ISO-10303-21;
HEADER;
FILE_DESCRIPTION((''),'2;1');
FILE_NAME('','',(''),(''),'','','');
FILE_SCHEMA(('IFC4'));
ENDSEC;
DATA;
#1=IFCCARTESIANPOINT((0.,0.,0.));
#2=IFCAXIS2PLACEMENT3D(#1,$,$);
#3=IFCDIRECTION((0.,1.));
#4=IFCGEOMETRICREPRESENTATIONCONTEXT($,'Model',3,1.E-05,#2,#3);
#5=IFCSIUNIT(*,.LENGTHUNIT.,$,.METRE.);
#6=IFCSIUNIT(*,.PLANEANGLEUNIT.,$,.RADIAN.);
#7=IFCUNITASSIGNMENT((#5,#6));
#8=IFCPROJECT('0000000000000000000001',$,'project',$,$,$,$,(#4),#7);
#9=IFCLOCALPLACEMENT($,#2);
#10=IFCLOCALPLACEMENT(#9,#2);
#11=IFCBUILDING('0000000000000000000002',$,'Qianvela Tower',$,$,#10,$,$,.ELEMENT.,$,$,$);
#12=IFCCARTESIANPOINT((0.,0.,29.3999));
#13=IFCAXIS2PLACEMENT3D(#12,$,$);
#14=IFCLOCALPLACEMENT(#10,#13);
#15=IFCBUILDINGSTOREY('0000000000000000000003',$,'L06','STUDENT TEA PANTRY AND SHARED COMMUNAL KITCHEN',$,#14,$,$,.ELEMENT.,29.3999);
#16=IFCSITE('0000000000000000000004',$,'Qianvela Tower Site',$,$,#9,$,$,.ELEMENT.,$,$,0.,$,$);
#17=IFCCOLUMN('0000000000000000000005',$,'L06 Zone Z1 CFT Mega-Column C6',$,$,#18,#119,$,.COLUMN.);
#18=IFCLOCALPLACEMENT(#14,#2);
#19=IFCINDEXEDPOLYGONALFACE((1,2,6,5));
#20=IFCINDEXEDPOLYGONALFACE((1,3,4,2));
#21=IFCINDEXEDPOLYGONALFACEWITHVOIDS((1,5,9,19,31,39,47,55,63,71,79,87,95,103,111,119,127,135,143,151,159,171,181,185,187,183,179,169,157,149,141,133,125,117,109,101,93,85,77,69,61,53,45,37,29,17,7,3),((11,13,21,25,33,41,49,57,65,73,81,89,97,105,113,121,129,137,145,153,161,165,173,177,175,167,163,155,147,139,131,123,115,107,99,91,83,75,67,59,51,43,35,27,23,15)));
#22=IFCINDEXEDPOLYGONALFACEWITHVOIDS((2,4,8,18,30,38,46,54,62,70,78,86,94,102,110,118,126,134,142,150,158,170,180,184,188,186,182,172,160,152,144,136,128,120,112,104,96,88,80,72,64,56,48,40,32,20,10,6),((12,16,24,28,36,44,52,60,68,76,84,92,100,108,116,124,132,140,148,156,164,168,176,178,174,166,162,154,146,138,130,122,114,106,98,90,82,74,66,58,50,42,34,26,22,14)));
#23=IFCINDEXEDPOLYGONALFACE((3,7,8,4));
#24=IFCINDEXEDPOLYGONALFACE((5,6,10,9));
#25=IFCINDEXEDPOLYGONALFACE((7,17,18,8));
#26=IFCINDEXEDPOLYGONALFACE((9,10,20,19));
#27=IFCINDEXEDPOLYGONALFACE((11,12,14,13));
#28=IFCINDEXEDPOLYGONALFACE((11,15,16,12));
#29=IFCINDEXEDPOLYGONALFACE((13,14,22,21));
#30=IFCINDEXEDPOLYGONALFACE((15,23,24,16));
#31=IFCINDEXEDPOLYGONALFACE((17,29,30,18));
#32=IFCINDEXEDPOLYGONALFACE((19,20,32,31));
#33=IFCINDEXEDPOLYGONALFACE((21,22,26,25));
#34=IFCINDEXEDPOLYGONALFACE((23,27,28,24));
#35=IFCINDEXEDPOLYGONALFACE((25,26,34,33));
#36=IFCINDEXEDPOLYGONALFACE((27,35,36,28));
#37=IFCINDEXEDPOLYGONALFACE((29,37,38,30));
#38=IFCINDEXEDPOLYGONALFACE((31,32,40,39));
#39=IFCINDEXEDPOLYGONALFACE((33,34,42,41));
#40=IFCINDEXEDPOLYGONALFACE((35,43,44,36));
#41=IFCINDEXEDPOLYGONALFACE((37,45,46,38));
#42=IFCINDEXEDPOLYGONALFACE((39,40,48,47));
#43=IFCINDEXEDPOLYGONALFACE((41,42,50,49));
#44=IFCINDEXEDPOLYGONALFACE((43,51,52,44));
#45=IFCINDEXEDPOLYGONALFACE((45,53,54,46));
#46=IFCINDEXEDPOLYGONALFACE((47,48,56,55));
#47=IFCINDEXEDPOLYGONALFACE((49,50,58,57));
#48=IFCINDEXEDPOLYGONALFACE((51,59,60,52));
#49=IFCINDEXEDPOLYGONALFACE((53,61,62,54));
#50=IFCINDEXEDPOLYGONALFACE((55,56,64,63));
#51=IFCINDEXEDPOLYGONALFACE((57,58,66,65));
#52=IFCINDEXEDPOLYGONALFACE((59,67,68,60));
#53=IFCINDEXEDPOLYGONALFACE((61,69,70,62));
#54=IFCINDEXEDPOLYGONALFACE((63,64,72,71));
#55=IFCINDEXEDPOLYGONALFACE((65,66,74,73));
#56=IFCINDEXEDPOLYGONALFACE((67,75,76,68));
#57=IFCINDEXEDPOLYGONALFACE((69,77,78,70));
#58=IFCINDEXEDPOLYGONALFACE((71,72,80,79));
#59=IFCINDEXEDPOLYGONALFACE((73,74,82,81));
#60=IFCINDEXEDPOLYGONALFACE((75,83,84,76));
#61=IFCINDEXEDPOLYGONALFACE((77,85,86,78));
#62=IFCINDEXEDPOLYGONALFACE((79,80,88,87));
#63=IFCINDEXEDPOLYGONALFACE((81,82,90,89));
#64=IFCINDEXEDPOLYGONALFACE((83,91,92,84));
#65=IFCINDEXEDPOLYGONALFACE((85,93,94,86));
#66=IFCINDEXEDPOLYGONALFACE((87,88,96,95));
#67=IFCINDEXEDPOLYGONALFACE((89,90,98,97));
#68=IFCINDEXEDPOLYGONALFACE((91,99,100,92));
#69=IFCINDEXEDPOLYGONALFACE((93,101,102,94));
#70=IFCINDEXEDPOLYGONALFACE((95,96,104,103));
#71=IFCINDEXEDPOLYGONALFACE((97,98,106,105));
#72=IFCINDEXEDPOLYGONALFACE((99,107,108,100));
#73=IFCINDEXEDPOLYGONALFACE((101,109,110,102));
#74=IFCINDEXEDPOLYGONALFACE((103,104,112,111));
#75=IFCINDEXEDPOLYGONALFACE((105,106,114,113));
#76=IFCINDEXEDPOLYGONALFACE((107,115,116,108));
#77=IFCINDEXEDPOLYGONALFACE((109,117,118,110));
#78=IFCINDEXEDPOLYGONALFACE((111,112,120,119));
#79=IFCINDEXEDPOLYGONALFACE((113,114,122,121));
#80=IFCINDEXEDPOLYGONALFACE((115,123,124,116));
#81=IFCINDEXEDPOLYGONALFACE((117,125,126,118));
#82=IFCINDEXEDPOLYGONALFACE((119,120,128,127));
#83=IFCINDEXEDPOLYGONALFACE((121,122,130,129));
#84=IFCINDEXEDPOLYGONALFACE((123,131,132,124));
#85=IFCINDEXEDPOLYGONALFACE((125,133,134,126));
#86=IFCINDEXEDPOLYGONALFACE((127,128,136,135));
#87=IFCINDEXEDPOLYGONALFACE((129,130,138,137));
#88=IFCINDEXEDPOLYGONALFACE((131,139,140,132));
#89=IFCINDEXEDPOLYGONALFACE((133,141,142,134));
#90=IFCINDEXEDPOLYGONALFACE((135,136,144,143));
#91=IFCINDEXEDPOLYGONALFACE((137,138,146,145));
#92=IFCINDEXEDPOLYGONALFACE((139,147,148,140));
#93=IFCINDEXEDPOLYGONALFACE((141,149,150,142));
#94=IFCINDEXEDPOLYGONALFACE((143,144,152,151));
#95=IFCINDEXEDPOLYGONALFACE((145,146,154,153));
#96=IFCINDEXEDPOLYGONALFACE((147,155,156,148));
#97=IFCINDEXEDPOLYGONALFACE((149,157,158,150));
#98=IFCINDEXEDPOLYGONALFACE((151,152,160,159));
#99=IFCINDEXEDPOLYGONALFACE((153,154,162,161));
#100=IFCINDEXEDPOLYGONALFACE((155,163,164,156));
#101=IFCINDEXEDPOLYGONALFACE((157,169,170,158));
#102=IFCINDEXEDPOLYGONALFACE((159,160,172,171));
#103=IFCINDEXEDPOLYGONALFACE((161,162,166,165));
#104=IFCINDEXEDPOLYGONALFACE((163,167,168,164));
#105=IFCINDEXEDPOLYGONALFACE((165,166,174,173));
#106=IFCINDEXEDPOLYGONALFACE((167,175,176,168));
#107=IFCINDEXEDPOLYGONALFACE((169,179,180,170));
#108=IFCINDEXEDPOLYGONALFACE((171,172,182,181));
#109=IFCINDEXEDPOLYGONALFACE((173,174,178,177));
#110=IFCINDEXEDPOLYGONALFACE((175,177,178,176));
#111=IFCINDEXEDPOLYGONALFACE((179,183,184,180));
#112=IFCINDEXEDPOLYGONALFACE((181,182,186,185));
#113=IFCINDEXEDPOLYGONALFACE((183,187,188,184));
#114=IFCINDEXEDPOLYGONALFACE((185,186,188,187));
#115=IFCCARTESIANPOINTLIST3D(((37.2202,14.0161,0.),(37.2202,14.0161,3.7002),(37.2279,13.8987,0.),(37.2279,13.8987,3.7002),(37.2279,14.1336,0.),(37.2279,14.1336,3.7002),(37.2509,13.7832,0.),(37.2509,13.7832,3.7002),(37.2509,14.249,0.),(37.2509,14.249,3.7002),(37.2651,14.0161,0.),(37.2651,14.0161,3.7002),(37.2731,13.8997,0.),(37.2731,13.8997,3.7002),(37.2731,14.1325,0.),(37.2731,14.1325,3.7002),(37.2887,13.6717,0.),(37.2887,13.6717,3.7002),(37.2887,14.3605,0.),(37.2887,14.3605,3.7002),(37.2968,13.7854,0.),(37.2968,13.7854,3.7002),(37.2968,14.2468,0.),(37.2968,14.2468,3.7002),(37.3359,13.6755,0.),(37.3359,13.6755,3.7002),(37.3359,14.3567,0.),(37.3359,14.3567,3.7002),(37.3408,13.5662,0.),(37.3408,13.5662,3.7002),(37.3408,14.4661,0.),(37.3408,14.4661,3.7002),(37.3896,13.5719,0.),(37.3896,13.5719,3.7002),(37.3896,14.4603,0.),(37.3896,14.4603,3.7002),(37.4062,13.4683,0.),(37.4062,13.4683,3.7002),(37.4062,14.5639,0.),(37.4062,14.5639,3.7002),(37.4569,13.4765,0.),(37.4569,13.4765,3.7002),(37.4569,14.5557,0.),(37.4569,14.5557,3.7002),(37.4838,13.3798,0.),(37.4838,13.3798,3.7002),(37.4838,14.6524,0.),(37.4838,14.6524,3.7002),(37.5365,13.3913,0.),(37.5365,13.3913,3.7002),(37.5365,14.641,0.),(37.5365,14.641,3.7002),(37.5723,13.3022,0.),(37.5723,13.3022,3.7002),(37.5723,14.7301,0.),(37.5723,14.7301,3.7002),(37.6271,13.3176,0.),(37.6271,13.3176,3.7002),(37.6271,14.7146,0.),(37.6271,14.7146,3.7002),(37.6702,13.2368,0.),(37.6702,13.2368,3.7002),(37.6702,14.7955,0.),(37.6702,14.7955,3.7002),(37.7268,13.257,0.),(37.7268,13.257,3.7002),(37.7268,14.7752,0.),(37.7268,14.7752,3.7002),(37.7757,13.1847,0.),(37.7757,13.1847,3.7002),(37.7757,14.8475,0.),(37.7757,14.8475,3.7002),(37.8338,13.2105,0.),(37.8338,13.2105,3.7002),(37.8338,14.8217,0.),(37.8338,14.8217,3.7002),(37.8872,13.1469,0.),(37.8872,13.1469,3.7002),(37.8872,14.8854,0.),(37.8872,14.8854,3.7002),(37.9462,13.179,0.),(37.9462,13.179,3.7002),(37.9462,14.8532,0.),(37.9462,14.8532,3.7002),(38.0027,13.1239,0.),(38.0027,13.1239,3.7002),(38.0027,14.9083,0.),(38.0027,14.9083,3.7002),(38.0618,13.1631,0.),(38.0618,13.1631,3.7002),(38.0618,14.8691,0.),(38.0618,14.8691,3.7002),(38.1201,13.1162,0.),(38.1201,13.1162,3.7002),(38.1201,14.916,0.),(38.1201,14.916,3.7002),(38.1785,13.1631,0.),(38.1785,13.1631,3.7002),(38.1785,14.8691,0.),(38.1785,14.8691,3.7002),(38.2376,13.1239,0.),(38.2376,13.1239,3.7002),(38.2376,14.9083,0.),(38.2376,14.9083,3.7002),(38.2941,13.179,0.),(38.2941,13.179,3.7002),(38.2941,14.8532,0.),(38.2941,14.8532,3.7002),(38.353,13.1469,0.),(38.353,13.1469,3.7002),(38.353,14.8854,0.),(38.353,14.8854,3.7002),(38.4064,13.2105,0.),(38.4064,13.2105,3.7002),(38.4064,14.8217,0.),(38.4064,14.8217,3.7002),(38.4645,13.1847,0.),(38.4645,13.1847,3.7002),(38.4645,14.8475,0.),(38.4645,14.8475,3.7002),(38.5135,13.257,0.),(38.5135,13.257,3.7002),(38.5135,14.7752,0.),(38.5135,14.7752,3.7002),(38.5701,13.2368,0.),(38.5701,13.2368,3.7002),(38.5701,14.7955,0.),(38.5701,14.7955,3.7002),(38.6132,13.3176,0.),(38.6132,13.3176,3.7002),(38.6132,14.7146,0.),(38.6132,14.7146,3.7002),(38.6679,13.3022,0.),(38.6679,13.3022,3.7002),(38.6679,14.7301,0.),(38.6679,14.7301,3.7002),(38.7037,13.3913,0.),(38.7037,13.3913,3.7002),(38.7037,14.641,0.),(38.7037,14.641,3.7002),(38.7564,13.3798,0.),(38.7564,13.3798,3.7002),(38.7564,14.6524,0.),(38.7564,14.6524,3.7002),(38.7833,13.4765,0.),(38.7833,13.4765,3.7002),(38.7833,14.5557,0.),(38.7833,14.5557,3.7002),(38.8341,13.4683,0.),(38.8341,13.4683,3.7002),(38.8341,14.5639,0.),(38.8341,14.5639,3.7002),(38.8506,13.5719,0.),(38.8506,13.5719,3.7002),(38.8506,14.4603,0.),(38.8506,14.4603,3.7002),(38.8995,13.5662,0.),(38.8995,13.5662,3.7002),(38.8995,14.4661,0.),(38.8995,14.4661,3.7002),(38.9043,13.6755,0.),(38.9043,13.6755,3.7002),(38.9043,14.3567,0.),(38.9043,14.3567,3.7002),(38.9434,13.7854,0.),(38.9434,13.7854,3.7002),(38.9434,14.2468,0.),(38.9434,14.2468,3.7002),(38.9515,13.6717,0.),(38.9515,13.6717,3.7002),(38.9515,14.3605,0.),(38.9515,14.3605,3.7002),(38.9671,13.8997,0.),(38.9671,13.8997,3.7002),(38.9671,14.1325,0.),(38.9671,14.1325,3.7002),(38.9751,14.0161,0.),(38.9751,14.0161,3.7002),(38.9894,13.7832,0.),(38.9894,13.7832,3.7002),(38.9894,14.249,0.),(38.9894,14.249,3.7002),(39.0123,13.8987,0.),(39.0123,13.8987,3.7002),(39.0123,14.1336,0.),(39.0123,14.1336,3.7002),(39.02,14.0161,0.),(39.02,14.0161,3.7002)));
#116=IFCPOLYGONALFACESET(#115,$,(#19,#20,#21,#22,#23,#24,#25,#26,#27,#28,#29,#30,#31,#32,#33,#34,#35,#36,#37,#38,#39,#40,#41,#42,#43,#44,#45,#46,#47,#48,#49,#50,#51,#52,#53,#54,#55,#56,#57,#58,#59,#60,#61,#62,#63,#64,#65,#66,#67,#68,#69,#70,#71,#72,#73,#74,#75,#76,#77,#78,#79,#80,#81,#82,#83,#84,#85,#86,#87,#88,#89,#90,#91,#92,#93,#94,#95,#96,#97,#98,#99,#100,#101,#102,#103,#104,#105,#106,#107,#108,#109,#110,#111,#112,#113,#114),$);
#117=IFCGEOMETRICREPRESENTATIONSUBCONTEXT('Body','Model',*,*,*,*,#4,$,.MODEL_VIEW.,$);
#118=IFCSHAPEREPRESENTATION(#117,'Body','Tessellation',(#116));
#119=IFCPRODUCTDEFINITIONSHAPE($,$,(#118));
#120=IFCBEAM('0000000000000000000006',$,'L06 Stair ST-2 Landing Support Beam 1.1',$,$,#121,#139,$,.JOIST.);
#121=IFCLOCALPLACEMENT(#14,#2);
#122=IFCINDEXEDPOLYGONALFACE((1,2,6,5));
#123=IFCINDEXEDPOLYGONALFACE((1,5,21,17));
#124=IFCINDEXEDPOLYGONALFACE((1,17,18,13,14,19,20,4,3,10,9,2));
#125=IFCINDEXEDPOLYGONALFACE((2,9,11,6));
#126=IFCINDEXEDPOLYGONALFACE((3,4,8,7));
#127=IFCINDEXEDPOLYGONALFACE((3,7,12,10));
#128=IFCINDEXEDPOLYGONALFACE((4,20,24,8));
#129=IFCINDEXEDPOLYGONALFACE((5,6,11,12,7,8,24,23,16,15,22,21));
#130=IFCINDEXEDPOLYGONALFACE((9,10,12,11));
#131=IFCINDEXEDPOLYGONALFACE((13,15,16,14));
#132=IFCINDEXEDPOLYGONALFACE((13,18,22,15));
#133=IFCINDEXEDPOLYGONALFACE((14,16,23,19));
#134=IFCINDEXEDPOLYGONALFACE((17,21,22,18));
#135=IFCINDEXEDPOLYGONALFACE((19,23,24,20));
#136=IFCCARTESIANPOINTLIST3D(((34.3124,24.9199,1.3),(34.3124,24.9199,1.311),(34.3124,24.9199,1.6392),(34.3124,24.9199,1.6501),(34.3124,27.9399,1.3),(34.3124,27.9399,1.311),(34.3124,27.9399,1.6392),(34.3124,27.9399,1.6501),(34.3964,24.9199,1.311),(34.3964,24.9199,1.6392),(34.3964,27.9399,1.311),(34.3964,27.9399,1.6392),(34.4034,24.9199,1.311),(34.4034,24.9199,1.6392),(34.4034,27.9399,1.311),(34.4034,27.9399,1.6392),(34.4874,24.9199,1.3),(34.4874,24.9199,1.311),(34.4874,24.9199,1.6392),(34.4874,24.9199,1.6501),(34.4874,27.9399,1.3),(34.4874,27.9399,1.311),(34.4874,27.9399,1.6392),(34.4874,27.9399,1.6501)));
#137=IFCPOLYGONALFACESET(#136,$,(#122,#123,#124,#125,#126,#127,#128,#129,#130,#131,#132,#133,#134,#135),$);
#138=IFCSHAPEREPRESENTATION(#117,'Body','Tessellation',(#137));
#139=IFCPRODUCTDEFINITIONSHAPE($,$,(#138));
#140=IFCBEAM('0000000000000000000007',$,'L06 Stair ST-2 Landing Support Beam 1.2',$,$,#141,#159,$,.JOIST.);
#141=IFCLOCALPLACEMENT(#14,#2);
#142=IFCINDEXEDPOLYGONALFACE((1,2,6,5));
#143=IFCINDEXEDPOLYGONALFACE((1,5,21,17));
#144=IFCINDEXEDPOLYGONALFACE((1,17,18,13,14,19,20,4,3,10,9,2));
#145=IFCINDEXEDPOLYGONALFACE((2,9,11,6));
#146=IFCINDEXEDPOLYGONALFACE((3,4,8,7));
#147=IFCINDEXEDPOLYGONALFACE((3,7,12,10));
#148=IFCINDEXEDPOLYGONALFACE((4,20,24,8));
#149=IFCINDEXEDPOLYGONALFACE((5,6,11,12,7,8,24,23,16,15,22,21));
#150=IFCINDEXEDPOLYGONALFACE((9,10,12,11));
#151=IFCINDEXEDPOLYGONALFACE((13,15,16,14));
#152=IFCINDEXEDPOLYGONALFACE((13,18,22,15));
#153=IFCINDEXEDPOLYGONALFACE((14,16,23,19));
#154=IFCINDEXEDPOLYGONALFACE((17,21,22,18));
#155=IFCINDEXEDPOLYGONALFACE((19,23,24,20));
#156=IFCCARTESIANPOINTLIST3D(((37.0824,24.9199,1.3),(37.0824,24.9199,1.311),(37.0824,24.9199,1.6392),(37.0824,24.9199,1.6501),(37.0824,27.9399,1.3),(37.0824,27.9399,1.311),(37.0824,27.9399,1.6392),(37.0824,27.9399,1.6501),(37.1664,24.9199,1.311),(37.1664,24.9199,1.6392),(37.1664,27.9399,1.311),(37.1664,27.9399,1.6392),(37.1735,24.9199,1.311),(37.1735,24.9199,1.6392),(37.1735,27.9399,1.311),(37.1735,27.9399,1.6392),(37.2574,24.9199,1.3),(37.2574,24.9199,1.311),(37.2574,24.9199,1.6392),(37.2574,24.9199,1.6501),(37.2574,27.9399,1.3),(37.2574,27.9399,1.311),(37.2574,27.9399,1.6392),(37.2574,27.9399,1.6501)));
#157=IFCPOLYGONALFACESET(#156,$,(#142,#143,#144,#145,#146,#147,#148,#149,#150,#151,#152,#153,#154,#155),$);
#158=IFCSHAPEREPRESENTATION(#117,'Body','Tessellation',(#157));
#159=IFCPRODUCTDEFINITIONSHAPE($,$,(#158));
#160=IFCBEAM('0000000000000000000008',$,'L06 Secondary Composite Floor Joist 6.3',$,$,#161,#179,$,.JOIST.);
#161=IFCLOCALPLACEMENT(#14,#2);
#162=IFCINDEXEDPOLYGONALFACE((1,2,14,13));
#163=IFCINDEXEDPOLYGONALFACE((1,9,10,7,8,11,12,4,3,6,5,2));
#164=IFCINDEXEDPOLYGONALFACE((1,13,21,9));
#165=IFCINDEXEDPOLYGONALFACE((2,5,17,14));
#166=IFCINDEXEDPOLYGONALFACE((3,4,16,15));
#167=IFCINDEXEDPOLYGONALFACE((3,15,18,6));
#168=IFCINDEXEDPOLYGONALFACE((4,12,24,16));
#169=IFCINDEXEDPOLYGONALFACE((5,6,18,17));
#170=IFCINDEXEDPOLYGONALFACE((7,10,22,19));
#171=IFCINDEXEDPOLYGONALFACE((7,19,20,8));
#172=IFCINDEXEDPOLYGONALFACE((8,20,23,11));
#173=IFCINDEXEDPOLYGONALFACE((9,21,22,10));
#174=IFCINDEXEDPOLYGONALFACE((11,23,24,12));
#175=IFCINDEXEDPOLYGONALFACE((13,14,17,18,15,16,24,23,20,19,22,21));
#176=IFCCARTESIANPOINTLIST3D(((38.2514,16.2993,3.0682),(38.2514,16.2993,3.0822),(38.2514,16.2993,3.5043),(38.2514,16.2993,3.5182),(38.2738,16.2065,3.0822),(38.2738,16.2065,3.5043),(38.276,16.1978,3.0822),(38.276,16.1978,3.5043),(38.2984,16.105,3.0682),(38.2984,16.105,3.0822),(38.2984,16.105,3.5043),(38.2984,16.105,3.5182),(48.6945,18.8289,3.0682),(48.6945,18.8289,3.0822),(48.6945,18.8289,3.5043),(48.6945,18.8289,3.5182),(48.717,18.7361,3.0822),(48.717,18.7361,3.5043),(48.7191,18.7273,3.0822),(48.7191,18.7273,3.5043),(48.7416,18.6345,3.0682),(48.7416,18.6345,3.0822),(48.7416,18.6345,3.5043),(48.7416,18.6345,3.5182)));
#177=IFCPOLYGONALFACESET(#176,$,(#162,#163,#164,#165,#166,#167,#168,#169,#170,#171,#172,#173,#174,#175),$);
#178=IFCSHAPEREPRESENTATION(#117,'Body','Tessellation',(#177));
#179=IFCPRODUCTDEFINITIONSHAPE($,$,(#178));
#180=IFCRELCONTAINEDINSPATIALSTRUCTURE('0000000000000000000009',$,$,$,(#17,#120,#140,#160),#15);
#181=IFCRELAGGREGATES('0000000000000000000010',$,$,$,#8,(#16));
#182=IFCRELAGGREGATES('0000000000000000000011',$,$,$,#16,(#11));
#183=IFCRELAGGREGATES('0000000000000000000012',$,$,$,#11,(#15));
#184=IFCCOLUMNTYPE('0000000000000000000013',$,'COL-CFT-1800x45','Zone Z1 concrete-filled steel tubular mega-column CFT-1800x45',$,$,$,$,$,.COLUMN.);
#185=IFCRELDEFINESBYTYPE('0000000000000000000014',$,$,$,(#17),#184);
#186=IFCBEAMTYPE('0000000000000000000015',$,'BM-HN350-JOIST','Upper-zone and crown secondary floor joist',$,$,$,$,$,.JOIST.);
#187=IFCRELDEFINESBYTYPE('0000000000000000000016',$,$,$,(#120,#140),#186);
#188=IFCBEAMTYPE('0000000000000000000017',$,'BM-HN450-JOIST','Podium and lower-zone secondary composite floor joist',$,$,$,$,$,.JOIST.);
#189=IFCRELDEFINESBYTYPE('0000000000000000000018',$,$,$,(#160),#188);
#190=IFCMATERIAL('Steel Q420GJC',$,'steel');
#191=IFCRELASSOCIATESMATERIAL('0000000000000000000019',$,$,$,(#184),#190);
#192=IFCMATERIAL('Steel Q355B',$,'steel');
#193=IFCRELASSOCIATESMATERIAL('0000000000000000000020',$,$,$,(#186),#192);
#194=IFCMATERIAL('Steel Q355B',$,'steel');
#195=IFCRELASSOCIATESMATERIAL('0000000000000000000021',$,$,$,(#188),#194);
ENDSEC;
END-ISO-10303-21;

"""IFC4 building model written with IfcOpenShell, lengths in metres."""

from ifc_helpers import new_model, si_unit, direction, frame, origin, origin_2d, place, context, subcontext, project, spatial, hollow_circle, i_section, extrude, material, material_profile, profile_set, type_object, element, save


model = new_model("IFC4")

# Units and contexts
model_context = context("Model", 3, precision=1e-05, world=origin(), true_north=direction((0.0, 1.0)))
body_context = subcontext(model_context, "Body", "Model", "MODEL_VIEW")
ifc_project = project(units=[si_unit("LENGTHUNIT", "METRE"), si_unit("PLANEANGLEUNIT", "RADIAN")], contexts=[model_context])

# Site, building, storey
site_placement = place(None, origin())
site = spatial("IfcSite", under=ifc_project, at=site_placement, Name="Qianvela Tower Site", CompositionType="ELEMENT", RefElevation=0.0)
building_placement = place(site_placement, origin())
building = spatial("IfcBuilding", under=site, at=building_placement, Name="Qianvela Tower", CompositionType="ELEMENT")
storey_placement = place(building_placement, frame((0.0, 0.0, 29.3999)))
storey = spatial("IfcBuildingStorey", under=building, at=storey_placement, Name="L06", Description="STUDENT TEA PANTRY AND SHARED COMMUNAL KITCHEN", CompositionType="ELEMENT", Elevation=29.3999)

# Column
ifc_material_1 = material(Name="Steel Q420GJC", Category="steel")
ifc_material_profile_1 = material_profile(ifc_material_1, hollow_circle(Radius=0.8999, WallThickness=0.0449, at=origin_2d()), Name="CFT-1800x45")
ifc_profile_set_1 = profile_set([ifc_material_profile_1], Name="Steel Q420GJC")
column_type = type_object("IfcColumnType", Name="COL-CFT-1800x45", Description="Zone Z1 concrete-filled steel tubular mega-column CFT-1800x45", PredefinedType="COLUMN", material=ifc_profile_set_1)
for number, where, z_axis, x_axis, name in (
    (1, (38.1201, 14.0161, 0.0), (0.0, 0.0, 1.0), (1.0, 0.0, 0.0), "L06 Zone Z1 CFT Mega-Column C6"),
):
    element("IfcColumn", number, at=place(storey_placement, frame(where, z_axis=z_axis, x_axis=x_axis)), inside=storey, type_object=column_type, Name=name, PredefinedType="COLUMN", context=body_context, shape_type="SweptSolid", body=[
        extrude(hollow_circle(Radius=0.8999, WallThickness=0.0449, at=origin_2d()), origin(), (0.0, 0.0, 1.0), 3.7002),
    ])

# Beams
ifc_material_2 = material(Name="Steel Q355B", Category="steel")
ifc_material_profile_2 = material_profile(ifc_material_2, i_section(OverallWidth=0.175, OverallDepth=0.3501, WebThickness=0.0071, FlangeThickness=0.011, at=origin_2d()), Name="HN350x175x7x11")
ifc_profile_set_2 = profile_set([ifc_material_profile_2], Name="Steel Q355B")
beam_type_1 = type_object("IfcBeamType", Name="BM-HN350-JOIST", Description="Upper-zone and crown secondary floor joist", PredefinedType="JOIST", material=ifc_profile_set_2)
for number, where, z_axis, x_axis, name in (
    (2, (34.3999, 24.9199, 1.4751), (0.0, 1.0, 0.0), (-1.0, 0.0, 0.0), "L06 Stair ST-2 Landing Support Beam 1.1"),
    (3, (37.1699, 24.9199, 1.4751), (0.0, 1.0, 0.0), (-1.0, 0.0, 0.0), "L06 Stair ST-2 Landing Support Beam 1.2"),
):
    element("IfcBeam", number, at=place(storey_placement, frame(where, z_axis=z_axis, x_axis=x_axis)), inside=storey, type_object=beam_type_1, Name=name, PredefinedType="JOIST", context=body_context, shape_type="SweptSolid", body=[
        extrude(i_section(OverallWidth=0.175, OverallDepth=0.3501, WebThickness=0.0071, FlangeThickness=0.011, at=origin_2d()), origin(), (0.0, 0.0, 1.0), 3.02),
    ])
ifc_material_3 = material(Name="Steel Q355B", Category="steel")
ifc_material_profile_3 = material_profile(ifc_material_3, i_section(OverallWidth=0.2, OverallDepth=0.45, WebThickness=0.009, FlangeThickness=0.0139, at=origin_2d()), Name="HN450x200x9x14")
ifc_profile_set_3 = profile_set([ifc_material_profile_3], Name="Steel Q355B")
beam_type_2 = type_object("IfcBeamType", Name="BM-HN450-JOIST", Description="Podium and lower-zone secondary composite floor joist", PredefinedType="JOIST", material=ifc_profile_set_3)
beam_1_placement = place(storey_placement, frame((38.2749, 16.2021, 3.2932), z_axis=(0.971895, 0.235413, 0.0), x_axis=(-0.235413, 0.971895, 0.0)))
element("IfcBeam", 4, at=beam_1_placement, inside=storey, type_object=beam_type_2, Name="L06 Secondary Composite Floor Joist 6.3", PredefinedType="JOIST", context=body_context, shape_type="SweptSolid", body=[
    extrude(i_section(OverallWidth=0.2, OverallDepth=0.45, WebThickness=0.009, FlangeThickness=0.0139, at=origin_2d()), origin(), (0.0, 0.0, 1.0), 10.7451),
])

save(model, "model.ifc")
